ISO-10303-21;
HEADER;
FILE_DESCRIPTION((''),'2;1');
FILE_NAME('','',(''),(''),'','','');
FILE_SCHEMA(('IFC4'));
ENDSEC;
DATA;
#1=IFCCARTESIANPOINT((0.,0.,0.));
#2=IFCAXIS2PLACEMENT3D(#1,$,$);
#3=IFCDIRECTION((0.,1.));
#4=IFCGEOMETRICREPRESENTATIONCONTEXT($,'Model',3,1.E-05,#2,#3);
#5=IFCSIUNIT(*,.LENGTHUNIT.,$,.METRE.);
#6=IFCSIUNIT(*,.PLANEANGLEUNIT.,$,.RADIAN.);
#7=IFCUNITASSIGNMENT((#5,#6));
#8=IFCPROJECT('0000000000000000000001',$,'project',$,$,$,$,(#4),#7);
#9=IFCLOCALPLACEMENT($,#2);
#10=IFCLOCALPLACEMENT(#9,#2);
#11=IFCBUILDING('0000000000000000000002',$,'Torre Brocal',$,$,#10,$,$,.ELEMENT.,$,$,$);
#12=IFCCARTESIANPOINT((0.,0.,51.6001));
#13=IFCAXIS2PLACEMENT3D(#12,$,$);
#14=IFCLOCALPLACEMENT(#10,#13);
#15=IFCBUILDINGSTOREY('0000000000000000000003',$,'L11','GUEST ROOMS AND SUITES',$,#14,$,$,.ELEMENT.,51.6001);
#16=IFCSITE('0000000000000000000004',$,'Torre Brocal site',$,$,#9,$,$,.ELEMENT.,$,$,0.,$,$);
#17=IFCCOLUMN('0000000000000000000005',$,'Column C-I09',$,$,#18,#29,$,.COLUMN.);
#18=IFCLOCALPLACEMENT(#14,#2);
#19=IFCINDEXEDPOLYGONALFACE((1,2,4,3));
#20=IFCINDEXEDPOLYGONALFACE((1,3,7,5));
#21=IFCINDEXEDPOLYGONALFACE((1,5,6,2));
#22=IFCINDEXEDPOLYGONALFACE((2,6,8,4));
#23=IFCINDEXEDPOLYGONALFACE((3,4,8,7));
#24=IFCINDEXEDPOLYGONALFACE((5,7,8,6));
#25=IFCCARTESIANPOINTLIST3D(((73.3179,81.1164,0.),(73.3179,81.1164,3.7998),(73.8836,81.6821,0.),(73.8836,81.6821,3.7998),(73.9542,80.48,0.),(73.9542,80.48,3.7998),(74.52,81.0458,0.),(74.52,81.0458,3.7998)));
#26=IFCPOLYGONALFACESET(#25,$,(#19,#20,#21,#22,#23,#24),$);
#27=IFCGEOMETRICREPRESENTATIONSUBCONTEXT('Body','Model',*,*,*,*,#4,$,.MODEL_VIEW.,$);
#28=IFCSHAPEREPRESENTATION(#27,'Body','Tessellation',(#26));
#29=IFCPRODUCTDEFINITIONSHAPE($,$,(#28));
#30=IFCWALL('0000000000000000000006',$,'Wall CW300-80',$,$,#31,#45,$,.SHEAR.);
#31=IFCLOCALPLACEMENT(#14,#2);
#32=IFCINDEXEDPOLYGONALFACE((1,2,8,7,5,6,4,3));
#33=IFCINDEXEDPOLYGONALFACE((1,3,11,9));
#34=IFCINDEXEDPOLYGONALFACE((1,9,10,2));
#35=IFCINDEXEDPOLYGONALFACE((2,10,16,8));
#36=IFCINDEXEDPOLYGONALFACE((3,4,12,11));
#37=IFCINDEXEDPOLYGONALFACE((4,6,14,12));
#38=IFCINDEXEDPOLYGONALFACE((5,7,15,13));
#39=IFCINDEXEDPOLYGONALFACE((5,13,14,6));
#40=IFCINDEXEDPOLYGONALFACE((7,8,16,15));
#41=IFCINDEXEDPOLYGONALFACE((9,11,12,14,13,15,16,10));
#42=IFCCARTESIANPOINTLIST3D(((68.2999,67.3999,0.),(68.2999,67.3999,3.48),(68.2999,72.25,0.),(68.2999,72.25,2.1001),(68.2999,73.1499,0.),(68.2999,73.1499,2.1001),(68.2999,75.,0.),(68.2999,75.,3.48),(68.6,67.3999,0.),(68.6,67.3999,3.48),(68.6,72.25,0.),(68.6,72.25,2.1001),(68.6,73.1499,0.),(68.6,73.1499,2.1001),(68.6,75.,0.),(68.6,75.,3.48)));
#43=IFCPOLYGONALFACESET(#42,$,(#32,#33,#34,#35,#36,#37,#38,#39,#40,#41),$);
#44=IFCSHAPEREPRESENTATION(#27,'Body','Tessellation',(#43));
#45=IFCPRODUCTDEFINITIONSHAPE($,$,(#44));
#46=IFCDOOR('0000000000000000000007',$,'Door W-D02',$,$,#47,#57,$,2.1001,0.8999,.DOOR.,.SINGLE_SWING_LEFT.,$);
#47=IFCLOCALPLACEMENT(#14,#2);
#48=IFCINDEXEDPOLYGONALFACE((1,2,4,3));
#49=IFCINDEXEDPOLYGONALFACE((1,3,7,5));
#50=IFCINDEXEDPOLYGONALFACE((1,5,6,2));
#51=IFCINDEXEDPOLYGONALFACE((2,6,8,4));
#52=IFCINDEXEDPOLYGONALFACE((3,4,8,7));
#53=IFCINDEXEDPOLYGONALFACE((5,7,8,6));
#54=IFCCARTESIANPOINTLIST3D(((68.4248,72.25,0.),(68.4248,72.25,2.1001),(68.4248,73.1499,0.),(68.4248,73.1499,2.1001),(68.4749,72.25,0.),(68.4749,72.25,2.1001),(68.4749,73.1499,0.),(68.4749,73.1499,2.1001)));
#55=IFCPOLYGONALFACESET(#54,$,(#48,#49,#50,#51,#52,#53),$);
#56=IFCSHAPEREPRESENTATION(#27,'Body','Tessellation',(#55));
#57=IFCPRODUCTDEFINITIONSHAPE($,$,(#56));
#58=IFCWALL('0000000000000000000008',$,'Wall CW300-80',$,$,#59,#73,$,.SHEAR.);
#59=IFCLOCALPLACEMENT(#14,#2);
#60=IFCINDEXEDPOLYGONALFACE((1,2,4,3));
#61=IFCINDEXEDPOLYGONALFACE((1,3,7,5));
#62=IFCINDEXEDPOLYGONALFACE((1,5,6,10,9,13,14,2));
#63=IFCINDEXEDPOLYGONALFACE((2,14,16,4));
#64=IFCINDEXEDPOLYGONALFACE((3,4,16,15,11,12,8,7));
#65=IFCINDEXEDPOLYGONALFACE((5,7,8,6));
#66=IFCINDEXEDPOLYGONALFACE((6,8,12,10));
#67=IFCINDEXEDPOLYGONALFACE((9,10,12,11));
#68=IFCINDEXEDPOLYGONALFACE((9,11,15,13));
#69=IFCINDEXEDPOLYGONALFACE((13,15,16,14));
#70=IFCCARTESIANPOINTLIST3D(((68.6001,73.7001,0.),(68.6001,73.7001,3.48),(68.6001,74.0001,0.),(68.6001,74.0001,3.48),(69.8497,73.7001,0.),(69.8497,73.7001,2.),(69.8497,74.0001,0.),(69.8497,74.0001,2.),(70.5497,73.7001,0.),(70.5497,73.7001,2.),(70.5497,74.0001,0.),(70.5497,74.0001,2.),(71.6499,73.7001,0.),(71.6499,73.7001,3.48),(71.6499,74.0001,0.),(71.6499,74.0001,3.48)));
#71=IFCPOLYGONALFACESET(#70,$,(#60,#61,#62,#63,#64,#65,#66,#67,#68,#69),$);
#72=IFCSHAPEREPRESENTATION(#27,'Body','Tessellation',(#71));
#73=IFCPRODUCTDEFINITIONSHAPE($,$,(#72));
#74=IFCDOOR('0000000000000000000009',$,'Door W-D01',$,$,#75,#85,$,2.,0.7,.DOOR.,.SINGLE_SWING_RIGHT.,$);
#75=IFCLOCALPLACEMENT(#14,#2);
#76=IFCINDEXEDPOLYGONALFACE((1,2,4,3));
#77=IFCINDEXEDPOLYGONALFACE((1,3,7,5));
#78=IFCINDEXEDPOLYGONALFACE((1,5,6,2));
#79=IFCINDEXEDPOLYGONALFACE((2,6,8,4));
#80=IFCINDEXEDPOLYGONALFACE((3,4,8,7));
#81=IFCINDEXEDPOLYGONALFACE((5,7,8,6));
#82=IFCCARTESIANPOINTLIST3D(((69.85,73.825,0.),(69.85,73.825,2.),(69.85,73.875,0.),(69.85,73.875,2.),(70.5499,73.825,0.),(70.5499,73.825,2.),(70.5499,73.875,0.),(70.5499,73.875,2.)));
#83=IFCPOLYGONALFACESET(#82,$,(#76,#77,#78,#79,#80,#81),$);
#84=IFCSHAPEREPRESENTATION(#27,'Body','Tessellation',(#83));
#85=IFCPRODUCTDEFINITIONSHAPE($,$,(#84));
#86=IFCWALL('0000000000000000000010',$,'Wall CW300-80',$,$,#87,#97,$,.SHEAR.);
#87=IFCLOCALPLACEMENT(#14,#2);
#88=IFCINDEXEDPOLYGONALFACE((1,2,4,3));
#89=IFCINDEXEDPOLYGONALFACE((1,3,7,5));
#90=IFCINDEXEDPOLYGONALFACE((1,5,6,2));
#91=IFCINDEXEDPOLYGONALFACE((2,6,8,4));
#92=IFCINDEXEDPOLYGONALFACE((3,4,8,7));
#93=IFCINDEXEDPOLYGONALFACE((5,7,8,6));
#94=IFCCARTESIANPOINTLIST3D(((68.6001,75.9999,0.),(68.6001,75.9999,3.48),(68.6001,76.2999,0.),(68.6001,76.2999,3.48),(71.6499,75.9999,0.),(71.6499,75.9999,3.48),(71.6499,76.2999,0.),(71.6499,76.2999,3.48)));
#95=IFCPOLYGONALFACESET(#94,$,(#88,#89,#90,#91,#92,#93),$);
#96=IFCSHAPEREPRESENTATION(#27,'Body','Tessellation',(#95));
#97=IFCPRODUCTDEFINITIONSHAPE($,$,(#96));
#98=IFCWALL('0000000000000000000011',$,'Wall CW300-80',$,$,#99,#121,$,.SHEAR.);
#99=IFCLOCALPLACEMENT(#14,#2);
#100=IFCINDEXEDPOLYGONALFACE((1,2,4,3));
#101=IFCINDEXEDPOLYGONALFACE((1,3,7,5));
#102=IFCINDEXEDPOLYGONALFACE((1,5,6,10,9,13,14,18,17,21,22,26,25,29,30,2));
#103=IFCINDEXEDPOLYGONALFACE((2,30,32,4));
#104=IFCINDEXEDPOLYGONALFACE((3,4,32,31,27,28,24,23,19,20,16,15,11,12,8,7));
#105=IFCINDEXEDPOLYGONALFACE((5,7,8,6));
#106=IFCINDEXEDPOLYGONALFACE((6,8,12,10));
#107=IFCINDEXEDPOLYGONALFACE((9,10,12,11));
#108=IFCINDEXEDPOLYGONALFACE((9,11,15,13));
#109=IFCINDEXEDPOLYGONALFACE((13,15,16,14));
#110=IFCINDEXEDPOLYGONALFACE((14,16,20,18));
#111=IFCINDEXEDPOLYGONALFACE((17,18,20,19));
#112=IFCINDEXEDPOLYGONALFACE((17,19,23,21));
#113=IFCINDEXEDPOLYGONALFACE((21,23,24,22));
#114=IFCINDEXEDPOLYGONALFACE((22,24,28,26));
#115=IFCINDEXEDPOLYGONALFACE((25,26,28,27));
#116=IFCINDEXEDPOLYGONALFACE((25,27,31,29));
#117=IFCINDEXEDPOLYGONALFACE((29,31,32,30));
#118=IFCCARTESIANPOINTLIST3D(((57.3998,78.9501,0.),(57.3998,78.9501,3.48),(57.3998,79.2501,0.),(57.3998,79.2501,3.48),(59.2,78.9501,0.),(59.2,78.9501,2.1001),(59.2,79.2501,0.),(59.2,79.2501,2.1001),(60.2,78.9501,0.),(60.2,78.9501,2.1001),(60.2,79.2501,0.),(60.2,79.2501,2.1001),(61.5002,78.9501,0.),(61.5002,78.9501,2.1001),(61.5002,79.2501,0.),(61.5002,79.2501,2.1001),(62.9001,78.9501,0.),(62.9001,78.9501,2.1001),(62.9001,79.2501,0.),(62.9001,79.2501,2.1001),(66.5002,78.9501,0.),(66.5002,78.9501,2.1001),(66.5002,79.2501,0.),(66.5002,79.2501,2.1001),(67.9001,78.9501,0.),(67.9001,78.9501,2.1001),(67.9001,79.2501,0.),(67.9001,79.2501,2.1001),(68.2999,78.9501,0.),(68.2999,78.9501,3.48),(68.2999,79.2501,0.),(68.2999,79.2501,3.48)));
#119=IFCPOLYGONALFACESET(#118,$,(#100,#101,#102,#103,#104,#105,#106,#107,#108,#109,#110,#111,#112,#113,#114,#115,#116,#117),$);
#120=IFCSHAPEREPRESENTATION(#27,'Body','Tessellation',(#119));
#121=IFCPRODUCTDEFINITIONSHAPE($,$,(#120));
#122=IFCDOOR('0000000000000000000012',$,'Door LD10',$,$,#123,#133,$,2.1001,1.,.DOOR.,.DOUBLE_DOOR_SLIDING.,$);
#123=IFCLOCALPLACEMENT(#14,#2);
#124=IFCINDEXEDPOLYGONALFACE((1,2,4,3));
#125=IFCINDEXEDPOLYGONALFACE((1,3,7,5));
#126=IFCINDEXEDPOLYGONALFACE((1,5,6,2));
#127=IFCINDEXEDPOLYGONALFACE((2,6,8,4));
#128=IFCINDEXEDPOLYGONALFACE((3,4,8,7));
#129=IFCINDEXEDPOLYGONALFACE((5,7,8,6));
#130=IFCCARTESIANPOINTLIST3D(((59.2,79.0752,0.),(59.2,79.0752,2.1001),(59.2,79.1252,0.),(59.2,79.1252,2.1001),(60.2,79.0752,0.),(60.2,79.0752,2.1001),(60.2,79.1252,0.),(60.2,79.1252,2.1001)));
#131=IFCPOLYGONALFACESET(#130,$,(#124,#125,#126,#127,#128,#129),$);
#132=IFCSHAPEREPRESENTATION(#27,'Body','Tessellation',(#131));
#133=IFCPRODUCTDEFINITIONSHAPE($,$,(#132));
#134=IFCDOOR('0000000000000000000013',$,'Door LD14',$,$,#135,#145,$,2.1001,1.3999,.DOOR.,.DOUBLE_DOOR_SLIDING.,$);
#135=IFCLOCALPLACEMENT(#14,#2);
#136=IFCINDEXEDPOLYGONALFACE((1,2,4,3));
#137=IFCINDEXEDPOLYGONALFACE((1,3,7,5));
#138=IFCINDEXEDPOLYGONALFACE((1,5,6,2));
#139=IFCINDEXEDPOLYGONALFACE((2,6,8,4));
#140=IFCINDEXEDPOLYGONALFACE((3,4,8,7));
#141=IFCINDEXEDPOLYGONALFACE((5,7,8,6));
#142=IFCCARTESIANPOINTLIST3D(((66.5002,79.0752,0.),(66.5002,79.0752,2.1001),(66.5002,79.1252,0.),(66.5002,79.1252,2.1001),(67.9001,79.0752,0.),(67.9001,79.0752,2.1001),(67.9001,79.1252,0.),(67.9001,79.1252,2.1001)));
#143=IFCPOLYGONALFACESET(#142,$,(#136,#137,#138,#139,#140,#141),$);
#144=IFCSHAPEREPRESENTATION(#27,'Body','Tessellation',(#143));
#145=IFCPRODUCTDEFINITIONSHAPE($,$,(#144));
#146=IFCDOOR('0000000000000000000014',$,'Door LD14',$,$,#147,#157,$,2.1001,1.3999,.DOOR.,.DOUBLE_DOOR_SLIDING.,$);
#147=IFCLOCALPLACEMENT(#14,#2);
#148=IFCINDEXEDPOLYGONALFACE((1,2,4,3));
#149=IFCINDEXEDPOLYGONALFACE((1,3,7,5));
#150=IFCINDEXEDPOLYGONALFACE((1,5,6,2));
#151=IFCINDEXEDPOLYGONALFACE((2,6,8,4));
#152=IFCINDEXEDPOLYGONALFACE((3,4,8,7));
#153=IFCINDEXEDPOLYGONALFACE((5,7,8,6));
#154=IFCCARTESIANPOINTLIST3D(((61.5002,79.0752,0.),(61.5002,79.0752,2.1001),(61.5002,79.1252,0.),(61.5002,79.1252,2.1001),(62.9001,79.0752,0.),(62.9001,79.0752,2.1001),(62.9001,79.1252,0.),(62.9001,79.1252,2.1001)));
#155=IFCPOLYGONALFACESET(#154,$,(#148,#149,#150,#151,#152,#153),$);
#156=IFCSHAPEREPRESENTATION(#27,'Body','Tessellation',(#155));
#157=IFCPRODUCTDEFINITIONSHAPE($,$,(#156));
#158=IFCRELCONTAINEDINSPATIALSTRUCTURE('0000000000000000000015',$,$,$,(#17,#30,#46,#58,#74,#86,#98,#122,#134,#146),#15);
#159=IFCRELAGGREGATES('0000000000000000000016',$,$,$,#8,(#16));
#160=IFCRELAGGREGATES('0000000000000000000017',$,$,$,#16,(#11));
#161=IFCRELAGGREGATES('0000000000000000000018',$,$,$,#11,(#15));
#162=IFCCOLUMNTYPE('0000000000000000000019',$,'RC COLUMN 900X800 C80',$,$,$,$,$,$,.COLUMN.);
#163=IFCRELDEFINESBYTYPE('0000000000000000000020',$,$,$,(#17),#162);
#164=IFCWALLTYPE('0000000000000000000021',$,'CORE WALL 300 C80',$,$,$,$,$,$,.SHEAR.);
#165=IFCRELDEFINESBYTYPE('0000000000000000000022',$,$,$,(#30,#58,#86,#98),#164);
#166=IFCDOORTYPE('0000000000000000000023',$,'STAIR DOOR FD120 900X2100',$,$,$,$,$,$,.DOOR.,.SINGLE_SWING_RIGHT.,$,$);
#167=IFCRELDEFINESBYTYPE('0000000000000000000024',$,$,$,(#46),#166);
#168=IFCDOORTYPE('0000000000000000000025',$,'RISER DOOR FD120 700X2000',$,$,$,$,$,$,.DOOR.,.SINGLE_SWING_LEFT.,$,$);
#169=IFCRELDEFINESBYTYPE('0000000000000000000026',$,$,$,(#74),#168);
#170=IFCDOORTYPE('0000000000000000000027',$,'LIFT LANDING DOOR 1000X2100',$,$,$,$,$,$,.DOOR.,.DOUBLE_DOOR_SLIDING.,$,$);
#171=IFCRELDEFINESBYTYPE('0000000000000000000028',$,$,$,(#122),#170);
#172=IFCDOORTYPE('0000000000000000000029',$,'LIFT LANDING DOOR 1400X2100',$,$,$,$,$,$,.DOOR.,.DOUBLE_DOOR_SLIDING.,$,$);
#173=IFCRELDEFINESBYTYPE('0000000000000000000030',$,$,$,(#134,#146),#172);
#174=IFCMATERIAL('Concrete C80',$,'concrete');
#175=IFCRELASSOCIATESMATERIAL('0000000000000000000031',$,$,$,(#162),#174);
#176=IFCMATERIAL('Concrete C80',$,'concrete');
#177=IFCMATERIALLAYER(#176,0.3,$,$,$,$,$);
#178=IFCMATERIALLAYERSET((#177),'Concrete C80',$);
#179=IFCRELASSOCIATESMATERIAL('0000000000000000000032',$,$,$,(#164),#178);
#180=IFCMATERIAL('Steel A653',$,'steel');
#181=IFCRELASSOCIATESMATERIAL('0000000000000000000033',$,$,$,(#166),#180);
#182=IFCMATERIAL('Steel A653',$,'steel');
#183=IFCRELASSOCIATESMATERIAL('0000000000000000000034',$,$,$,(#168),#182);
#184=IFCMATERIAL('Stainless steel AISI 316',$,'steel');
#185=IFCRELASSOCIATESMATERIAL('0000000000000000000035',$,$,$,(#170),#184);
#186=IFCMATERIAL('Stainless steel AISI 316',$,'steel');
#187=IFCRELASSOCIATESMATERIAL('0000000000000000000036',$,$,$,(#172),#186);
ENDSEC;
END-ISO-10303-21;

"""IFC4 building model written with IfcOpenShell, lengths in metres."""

from ifc_helpers import new_model, si_unit, direction, frame, frame_2d, origin, origin_2d, place, context, subcontext, project, spatial, rectangle, extrude, material, layer, layer_set, material_profile, profile_set, type_object, element, fill, save


model = new_model("IFC4")

# Units and contexts
model_context = context("Model", 3, precision=1e-05, world=origin(), true_north=direction((0.0, 1.0)))
body_context = subcontext(model_context, "Body", "Model", "MODEL_VIEW")
ifc_project = project(units=[si_unit("LENGTHUNIT", "METRE"), si_unit("PLANEANGLEUNIT", "RADIAN")], contexts=[model_context])

# Site, building, storey
site_placement = place(None, origin())
site = spatial("IfcSite", under=ifc_project, at=site_placement, Name="Torre Brocal site", CompositionType="ELEMENT", RefElevation=0.0)
building_placement = place(site_placement, origin())
building = spatial("IfcBuilding", under=site, at=building_placement, Name="Torre Brocal", CompositionType="ELEMENT")
storey_placement = place(building_placement, frame((0.0, 0.0, 51.6001)))
storey = spatial("IfcBuildingStorey", under=building, at=storey_placement, Name="L11", Description="GUEST ROOMS AND SUITES", CompositionType="ELEMENT", Elevation=51.6001)

# Column
ifc_material_1 = material(Name="Concrete C80", Category="concrete")
ifc_material_profile = material_profile(ifc_material_1, rectangle(XDim=0.8999, YDim=0.8, at=origin_2d()), Name="RC 900X800")
ifc_profile_set = profile_set([ifc_material_profile], Name="Concrete C80")
column_type = type_object("IfcColumnType", Name="RC COLUMN 900X800 C80", PredefinedType="COLUMN", material=ifc_profile_set)
column_placement = place(storey_placement, frame((73.9189, 81.0811, 0.0), z_axis=(0.0, 0.0, 1.0), x_axis=(-0.707107, 0.707107, 0.0)))
element("IfcColumn", 1, at=column_placement, inside=storey, type_object=column_type, Name="Column C-I09", PredefinedType="COLUMN", context=body_context, shape_type="SweptSolid", body=[
    extrude(rectangle(XDim=0.8999, YDim=0.8, at=origin_2d()), origin(), (0.0, 0.0, 1.0), 3.7998),
])

# Walls, openings, doors
ifc_material_2 = material(Name="Concrete C80", Category="concrete")
ifc_layer_1 = layer(ifc_material_2, 0.3)
ifc_layer_set_1 = layer_set([ifc_layer_1], Name="Concrete C80")
wall_type_1 = type_object("IfcWallType", Name="CORE WALL 300 C80", PredefinedType="SHEAR", material=ifc_layer_set_1)
wall_1_placement = place(storey_placement, frame((68.45, 75.0, 0.0), z_axis=(0.0, 0.0, 1.0), x_axis=(0.0, -1.0, 0.0)))
wall_1 = element("IfcWall", 2, at=wall_1_placement, inside=storey, type_object=wall_type_1, Name="Wall CW300-80", PredefinedType="SHEAR", context=body_context, shape_type="SweptSolid", body=[
    extrude(rectangle(XDim=7.6001, YDim=0.3, at=frame_2d((3.8, 0.0))), origin(), (0.0, 0.0, 1.0), 3.48),
])
opening_1_placement = place(wall_1_placement, frame((1.8501, 0.0, 0.0)))
opening_1 = element("IfcOpeningElement", 3, at=opening_1_placement, cuts=wall_1, PredefinedType="OPENING", context=body_context, shape_type="SweptSolid", body=[
    extrude(rectangle(XDim=0.8999, YDim=2.1001, at=frame_2d((0.45, 1.05))), frame((0.0, 0.1599, 0.0), z_axis=(0.0, -1.0, 0.0), x_axis=(1.0, 0.0, 0.0)), (0.0, 0.0, 1.0), 0.3201),
])
ifc_material_3 = material(Name="Steel A653", Category="steel")
door_type_1 = type_object("IfcDoorType", Name="STAIR DOOR FD120 900X2100", OperationType="SINGLE_SWING_RIGHT", PredefinedType="DOOR", material=ifc_material_3)
door_1_placement = place(opening_1_placement, origin())
door_1 = element("IfcDoor", 4, at=door_1_placement, inside=storey, type_object=door_type_1, Name="Door W-D02", OperationType="SINGLE_SWING_LEFT", OverallHeight=2.1001, OverallWidth=0.8999, PredefinedType="DOOR", context=body_context, shape_type="SweptSolid", body=[
    extrude(rectangle(XDim=0.8999, YDim=2.1001, at=frame_2d((0.45, 1.05))), frame((0.0, 0.0249, 0.0), z_axis=(0.0, -1.0, 0.0), x_axis=(1.0, 0.0, 0.0)), (0.0, 0.0, 1.0), 0.05),
])
fill(opening_1, door_1)
wall_2_placement = place(storey_placement, frame((71.6499, 73.8501, 0.0), z_axis=(0.0, 0.0, 1.0), x_axis=(-1.0, 0.0, 0.0)))
wall_2 = element("IfcWall", 5, at=wall_2_placement, inside=storey, type_object=wall_type_1, Name="Wall CW300-80", PredefinedType="SHEAR", context=body_context, shape_type="SweptSolid", body=[
    extrude(rectangle(XDim=3.0498, YDim=0.3, at=frame_2d((1.5249, 0.0))), origin(), (0.0, 0.0, 1.0), 3.48),
])
opening_2_placement = place(wall_2_placement, frame((1.1001, 0.0, 0.0)))
opening_2 = element("IfcOpeningElement", 6, at=opening_2_placement, cuts=wall_2, PredefinedType="OPENING", context=body_context, shape_type="SweptSolid", body=[
    extrude(rectangle(XDim=0.7, YDim=2.0, at=frame_2d((0.3501, 1.0))), frame((0.0, 0.1599, 0.0), z_axis=(0.0, -1.0, 0.0), x_axis=(1.0, 0.0, 0.0)), (0.0, 0.0, 1.0), 0.3201),
])
ifc_material_4 = material(Name="Steel A653", Category="steel")
door_type_2 = type_object("IfcDoorType", Name="RISER DOOR FD120 700X2000", OperationType="SINGLE_SWING_LEFT", PredefinedType="DOOR", material=ifc_material_4)
door_2_placement = place(opening_2_placement, frame((0.7, 0.0, 0.0), z_axis=(0.0, 0.0, 1.0), x_axis=(-1.0, 0.0, 0.0)))
door_2 = element("IfcDoor", 7, at=door_2_placement, inside=storey, type_object=door_type_2, Name="Door W-D01", OperationType="SINGLE_SWING_RIGHT", OverallHeight=2.0, OverallWidth=0.7, PredefinedType="DOOR", context=body_context, shape_type="SweptSolid", body=[
    extrude(rectangle(XDim=0.7, YDim=2.0, at=frame_2d((0.3501, 1.0))), frame((0.0, 0.0249, 0.0), z_axis=(0.0, -1.0, 0.0), x_axis=(1.0, 0.0, 0.0)), (0.0, 0.0, 1.0), 0.05),
])
fill(opening_2, door_2)

# Wall
wall_3_placement = place(storey_placement, frame((71.6499, 76.1499, 0.0), z_axis=(0.0, 0.0, 1.0), x_axis=(-1.0, 0.0, 0.0)))
element("IfcWall", 8, at=wall_3_placement, inside=storey, type_object=wall_type_1, Name="Wall CW300-80", PredefinedType="SHEAR", context=body_context, shape_type="SweptSolid", body=[
    extrude(rectangle(XDim=3.0498, YDim=0.3, at=frame_2d((1.5249, 0.0))), origin(), (0.0, 0.0, 1.0), 3.48),
])

# Wall, openings, doors
wall_4_placement = place(storey_placement, frame((68.3, 79.1001, 0.0), z_axis=(0.0, 0.0, 1.0), x_axis=(-1.0, 0.0, 0.0)))
wall_4 = element("IfcWall", 9, at=wall_4_placement, inside=storey, type_object=wall_type_1, Name="Wall CW300-80", PredefinedType="SHEAR", context=body_context, shape_type="SweptSolid", body=[
    extrude(rectangle(XDim=10.9001, YDim=0.3, at=frame_2d((5.4502, 0.0))), origin(), (0.0, 0.0, 1.0), 3.48),
])
opening_3_placement = place(wall_4_placement, frame((0.3999, 0.0, 0.0)))
opening_3 = element("IfcOpeningElement", 10, at=opening_3_placement, cuts=wall_4, PredefinedType="OPENING", context=body_context, shape_type="SweptSolid", body=[
    extrude(rectangle(XDim=1.3999, YDim=2.1001, at=frame_2d((0.7, 1.05))), frame((0.0, 0.1599, 0.0), z_axis=(0.0, -1.0, 0.0), x_axis=(1.0, 0.0, 0.0)), (0.0, 0.0, 1.0), 0.3201),
])
opening_4_placement = place(wall_4_placement, frame((5.3999, 0.0, 0.0)))
opening_4 = element("IfcOpeningElement", 11, at=opening_4_placement, cuts=wall_4, PredefinedType="OPENING", context=body_context, shape_type="SweptSolid", body=[
    extrude(rectangle(XDim=1.3999, YDim=2.1001, at=frame_2d((0.7, 1.05))), frame((0.0, 0.1599, 0.0), z_axis=(0.0, -1.0, 0.0), x_axis=(1.0, 0.0, 0.0)), (0.0, 0.0, 1.0), 0.3201),
])
opening_5_placement = place(wall_4_placement, frame((8.1001, 0.0, 0.0)))
opening_5 = element("IfcOpeningElement", 12, at=opening_5_placement, cuts=wall_4, PredefinedType="OPENING", context=body_context, shape_type="SweptSolid", body=[
    extrude(rectangle(XDim=1.0, YDim=2.1001, at=frame_2d((0.5, 1.05))), frame((0.0, 0.1599, 0.0), z_axis=(0.0, -1.0, 0.0), x_axis=(1.0, 0.0, 0.0)), (0.0, 0.0, 1.0), 0.3201),
])
ifc_material_5 = material(Name="Stainless steel AISI 316", Category="steel")
door_type_3 = type_object("IfcDoorType", Name="LIFT LANDING DOOR 1000X2100", OperationType="DOUBLE_DOOR_SLIDING", PredefinedType="DOOR", material=ifc_material_5)
door_3_placement = place(opening_5_placement, origin())
door_3 = element("IfcDoor", 13, at=door_3_placement, inside=storey, type_object=door_type_3, Name="Door LD10", OperationType="DOUBLE_DOOR_SLIDING", OverallHeight=2.1001, OverallWidth=1.0, PredefinedType="DOOR", context=body_context, shape_type="SweptSolid", body=[
    extrude(rectangle(XDim=1.0, YDim=2.1001, at=frame_2d((0.5, 1.05))), frame((0.0, 0.0249, 0.0), z_axis=(0.0, -1.0, 0.0), x_axis=(1.0, 0.0, 0.0)), (0.0, 0.0, 1.0), 0.05),
])
fill(opening_5, door_3)
ifc_material_6 = material(Name="Stainless steel AISI 316", Category="steel")
door_type_4 = type_object("IfcDoorType", Name="LIFT LANDING DOOR 1400X2100", OperationType="DOUBLE_DOOR_SLIDING", PredefinedType="DOOR", material=ifc_material_6)
door_4_placement = place(opening_3_placement, origin())
door_4 = element("IfcDoor", 14, at=door_4_placement, inside=storey, type_object=door_type_4, Name="Door LD14", OperationType="DOUBLE_DOOR_SLIDING", OverallHeight=2.1001, OverallWidth=1.3999, PredefinedType="DOOR", context=body_context, shape_type="SweptSolid", body=[
    extrude(rectangle(XDim=1.3999, YDim=2.1001, at=frame_2d((0.7, 1.05))), frame((0.0, 0.0249, 0.0), z_axis=(0.0, -1.0, 0.0), x_axis=(1.0, 0.0, 0.0)), (0.0, 0.0, 1.0), 0.05),
])
fill(opening_3, door_4)
door_5_placement = place(opening_4_placement, origin())
door_5 = element("IfcDoor", 15, at=door_5_placement, inside=storey, type_object=door_type_4, Name="Door LD14", OperationType="DOUBLE_DOOR_SLIDING", OverallHeight=2.1001, OverallWidth=1.3999, PredefinedType="DOOR", context=body_context, shape_type="SweptSolid", body=[
    extrude(rectangle(XDim=1.3999, YDim=2.1001, at=frame_2d((0.7, 1.05))), frame((0.0, 0.0249, 0.0), z_axis=(0.0, -1.0, 0.0), x_axis=(1.0, 0.0, 0.0)), (0.0, 0.0, 1.0), 0.05),
])
fill(opening_4, door_5)

save(model, "model.ifc")
